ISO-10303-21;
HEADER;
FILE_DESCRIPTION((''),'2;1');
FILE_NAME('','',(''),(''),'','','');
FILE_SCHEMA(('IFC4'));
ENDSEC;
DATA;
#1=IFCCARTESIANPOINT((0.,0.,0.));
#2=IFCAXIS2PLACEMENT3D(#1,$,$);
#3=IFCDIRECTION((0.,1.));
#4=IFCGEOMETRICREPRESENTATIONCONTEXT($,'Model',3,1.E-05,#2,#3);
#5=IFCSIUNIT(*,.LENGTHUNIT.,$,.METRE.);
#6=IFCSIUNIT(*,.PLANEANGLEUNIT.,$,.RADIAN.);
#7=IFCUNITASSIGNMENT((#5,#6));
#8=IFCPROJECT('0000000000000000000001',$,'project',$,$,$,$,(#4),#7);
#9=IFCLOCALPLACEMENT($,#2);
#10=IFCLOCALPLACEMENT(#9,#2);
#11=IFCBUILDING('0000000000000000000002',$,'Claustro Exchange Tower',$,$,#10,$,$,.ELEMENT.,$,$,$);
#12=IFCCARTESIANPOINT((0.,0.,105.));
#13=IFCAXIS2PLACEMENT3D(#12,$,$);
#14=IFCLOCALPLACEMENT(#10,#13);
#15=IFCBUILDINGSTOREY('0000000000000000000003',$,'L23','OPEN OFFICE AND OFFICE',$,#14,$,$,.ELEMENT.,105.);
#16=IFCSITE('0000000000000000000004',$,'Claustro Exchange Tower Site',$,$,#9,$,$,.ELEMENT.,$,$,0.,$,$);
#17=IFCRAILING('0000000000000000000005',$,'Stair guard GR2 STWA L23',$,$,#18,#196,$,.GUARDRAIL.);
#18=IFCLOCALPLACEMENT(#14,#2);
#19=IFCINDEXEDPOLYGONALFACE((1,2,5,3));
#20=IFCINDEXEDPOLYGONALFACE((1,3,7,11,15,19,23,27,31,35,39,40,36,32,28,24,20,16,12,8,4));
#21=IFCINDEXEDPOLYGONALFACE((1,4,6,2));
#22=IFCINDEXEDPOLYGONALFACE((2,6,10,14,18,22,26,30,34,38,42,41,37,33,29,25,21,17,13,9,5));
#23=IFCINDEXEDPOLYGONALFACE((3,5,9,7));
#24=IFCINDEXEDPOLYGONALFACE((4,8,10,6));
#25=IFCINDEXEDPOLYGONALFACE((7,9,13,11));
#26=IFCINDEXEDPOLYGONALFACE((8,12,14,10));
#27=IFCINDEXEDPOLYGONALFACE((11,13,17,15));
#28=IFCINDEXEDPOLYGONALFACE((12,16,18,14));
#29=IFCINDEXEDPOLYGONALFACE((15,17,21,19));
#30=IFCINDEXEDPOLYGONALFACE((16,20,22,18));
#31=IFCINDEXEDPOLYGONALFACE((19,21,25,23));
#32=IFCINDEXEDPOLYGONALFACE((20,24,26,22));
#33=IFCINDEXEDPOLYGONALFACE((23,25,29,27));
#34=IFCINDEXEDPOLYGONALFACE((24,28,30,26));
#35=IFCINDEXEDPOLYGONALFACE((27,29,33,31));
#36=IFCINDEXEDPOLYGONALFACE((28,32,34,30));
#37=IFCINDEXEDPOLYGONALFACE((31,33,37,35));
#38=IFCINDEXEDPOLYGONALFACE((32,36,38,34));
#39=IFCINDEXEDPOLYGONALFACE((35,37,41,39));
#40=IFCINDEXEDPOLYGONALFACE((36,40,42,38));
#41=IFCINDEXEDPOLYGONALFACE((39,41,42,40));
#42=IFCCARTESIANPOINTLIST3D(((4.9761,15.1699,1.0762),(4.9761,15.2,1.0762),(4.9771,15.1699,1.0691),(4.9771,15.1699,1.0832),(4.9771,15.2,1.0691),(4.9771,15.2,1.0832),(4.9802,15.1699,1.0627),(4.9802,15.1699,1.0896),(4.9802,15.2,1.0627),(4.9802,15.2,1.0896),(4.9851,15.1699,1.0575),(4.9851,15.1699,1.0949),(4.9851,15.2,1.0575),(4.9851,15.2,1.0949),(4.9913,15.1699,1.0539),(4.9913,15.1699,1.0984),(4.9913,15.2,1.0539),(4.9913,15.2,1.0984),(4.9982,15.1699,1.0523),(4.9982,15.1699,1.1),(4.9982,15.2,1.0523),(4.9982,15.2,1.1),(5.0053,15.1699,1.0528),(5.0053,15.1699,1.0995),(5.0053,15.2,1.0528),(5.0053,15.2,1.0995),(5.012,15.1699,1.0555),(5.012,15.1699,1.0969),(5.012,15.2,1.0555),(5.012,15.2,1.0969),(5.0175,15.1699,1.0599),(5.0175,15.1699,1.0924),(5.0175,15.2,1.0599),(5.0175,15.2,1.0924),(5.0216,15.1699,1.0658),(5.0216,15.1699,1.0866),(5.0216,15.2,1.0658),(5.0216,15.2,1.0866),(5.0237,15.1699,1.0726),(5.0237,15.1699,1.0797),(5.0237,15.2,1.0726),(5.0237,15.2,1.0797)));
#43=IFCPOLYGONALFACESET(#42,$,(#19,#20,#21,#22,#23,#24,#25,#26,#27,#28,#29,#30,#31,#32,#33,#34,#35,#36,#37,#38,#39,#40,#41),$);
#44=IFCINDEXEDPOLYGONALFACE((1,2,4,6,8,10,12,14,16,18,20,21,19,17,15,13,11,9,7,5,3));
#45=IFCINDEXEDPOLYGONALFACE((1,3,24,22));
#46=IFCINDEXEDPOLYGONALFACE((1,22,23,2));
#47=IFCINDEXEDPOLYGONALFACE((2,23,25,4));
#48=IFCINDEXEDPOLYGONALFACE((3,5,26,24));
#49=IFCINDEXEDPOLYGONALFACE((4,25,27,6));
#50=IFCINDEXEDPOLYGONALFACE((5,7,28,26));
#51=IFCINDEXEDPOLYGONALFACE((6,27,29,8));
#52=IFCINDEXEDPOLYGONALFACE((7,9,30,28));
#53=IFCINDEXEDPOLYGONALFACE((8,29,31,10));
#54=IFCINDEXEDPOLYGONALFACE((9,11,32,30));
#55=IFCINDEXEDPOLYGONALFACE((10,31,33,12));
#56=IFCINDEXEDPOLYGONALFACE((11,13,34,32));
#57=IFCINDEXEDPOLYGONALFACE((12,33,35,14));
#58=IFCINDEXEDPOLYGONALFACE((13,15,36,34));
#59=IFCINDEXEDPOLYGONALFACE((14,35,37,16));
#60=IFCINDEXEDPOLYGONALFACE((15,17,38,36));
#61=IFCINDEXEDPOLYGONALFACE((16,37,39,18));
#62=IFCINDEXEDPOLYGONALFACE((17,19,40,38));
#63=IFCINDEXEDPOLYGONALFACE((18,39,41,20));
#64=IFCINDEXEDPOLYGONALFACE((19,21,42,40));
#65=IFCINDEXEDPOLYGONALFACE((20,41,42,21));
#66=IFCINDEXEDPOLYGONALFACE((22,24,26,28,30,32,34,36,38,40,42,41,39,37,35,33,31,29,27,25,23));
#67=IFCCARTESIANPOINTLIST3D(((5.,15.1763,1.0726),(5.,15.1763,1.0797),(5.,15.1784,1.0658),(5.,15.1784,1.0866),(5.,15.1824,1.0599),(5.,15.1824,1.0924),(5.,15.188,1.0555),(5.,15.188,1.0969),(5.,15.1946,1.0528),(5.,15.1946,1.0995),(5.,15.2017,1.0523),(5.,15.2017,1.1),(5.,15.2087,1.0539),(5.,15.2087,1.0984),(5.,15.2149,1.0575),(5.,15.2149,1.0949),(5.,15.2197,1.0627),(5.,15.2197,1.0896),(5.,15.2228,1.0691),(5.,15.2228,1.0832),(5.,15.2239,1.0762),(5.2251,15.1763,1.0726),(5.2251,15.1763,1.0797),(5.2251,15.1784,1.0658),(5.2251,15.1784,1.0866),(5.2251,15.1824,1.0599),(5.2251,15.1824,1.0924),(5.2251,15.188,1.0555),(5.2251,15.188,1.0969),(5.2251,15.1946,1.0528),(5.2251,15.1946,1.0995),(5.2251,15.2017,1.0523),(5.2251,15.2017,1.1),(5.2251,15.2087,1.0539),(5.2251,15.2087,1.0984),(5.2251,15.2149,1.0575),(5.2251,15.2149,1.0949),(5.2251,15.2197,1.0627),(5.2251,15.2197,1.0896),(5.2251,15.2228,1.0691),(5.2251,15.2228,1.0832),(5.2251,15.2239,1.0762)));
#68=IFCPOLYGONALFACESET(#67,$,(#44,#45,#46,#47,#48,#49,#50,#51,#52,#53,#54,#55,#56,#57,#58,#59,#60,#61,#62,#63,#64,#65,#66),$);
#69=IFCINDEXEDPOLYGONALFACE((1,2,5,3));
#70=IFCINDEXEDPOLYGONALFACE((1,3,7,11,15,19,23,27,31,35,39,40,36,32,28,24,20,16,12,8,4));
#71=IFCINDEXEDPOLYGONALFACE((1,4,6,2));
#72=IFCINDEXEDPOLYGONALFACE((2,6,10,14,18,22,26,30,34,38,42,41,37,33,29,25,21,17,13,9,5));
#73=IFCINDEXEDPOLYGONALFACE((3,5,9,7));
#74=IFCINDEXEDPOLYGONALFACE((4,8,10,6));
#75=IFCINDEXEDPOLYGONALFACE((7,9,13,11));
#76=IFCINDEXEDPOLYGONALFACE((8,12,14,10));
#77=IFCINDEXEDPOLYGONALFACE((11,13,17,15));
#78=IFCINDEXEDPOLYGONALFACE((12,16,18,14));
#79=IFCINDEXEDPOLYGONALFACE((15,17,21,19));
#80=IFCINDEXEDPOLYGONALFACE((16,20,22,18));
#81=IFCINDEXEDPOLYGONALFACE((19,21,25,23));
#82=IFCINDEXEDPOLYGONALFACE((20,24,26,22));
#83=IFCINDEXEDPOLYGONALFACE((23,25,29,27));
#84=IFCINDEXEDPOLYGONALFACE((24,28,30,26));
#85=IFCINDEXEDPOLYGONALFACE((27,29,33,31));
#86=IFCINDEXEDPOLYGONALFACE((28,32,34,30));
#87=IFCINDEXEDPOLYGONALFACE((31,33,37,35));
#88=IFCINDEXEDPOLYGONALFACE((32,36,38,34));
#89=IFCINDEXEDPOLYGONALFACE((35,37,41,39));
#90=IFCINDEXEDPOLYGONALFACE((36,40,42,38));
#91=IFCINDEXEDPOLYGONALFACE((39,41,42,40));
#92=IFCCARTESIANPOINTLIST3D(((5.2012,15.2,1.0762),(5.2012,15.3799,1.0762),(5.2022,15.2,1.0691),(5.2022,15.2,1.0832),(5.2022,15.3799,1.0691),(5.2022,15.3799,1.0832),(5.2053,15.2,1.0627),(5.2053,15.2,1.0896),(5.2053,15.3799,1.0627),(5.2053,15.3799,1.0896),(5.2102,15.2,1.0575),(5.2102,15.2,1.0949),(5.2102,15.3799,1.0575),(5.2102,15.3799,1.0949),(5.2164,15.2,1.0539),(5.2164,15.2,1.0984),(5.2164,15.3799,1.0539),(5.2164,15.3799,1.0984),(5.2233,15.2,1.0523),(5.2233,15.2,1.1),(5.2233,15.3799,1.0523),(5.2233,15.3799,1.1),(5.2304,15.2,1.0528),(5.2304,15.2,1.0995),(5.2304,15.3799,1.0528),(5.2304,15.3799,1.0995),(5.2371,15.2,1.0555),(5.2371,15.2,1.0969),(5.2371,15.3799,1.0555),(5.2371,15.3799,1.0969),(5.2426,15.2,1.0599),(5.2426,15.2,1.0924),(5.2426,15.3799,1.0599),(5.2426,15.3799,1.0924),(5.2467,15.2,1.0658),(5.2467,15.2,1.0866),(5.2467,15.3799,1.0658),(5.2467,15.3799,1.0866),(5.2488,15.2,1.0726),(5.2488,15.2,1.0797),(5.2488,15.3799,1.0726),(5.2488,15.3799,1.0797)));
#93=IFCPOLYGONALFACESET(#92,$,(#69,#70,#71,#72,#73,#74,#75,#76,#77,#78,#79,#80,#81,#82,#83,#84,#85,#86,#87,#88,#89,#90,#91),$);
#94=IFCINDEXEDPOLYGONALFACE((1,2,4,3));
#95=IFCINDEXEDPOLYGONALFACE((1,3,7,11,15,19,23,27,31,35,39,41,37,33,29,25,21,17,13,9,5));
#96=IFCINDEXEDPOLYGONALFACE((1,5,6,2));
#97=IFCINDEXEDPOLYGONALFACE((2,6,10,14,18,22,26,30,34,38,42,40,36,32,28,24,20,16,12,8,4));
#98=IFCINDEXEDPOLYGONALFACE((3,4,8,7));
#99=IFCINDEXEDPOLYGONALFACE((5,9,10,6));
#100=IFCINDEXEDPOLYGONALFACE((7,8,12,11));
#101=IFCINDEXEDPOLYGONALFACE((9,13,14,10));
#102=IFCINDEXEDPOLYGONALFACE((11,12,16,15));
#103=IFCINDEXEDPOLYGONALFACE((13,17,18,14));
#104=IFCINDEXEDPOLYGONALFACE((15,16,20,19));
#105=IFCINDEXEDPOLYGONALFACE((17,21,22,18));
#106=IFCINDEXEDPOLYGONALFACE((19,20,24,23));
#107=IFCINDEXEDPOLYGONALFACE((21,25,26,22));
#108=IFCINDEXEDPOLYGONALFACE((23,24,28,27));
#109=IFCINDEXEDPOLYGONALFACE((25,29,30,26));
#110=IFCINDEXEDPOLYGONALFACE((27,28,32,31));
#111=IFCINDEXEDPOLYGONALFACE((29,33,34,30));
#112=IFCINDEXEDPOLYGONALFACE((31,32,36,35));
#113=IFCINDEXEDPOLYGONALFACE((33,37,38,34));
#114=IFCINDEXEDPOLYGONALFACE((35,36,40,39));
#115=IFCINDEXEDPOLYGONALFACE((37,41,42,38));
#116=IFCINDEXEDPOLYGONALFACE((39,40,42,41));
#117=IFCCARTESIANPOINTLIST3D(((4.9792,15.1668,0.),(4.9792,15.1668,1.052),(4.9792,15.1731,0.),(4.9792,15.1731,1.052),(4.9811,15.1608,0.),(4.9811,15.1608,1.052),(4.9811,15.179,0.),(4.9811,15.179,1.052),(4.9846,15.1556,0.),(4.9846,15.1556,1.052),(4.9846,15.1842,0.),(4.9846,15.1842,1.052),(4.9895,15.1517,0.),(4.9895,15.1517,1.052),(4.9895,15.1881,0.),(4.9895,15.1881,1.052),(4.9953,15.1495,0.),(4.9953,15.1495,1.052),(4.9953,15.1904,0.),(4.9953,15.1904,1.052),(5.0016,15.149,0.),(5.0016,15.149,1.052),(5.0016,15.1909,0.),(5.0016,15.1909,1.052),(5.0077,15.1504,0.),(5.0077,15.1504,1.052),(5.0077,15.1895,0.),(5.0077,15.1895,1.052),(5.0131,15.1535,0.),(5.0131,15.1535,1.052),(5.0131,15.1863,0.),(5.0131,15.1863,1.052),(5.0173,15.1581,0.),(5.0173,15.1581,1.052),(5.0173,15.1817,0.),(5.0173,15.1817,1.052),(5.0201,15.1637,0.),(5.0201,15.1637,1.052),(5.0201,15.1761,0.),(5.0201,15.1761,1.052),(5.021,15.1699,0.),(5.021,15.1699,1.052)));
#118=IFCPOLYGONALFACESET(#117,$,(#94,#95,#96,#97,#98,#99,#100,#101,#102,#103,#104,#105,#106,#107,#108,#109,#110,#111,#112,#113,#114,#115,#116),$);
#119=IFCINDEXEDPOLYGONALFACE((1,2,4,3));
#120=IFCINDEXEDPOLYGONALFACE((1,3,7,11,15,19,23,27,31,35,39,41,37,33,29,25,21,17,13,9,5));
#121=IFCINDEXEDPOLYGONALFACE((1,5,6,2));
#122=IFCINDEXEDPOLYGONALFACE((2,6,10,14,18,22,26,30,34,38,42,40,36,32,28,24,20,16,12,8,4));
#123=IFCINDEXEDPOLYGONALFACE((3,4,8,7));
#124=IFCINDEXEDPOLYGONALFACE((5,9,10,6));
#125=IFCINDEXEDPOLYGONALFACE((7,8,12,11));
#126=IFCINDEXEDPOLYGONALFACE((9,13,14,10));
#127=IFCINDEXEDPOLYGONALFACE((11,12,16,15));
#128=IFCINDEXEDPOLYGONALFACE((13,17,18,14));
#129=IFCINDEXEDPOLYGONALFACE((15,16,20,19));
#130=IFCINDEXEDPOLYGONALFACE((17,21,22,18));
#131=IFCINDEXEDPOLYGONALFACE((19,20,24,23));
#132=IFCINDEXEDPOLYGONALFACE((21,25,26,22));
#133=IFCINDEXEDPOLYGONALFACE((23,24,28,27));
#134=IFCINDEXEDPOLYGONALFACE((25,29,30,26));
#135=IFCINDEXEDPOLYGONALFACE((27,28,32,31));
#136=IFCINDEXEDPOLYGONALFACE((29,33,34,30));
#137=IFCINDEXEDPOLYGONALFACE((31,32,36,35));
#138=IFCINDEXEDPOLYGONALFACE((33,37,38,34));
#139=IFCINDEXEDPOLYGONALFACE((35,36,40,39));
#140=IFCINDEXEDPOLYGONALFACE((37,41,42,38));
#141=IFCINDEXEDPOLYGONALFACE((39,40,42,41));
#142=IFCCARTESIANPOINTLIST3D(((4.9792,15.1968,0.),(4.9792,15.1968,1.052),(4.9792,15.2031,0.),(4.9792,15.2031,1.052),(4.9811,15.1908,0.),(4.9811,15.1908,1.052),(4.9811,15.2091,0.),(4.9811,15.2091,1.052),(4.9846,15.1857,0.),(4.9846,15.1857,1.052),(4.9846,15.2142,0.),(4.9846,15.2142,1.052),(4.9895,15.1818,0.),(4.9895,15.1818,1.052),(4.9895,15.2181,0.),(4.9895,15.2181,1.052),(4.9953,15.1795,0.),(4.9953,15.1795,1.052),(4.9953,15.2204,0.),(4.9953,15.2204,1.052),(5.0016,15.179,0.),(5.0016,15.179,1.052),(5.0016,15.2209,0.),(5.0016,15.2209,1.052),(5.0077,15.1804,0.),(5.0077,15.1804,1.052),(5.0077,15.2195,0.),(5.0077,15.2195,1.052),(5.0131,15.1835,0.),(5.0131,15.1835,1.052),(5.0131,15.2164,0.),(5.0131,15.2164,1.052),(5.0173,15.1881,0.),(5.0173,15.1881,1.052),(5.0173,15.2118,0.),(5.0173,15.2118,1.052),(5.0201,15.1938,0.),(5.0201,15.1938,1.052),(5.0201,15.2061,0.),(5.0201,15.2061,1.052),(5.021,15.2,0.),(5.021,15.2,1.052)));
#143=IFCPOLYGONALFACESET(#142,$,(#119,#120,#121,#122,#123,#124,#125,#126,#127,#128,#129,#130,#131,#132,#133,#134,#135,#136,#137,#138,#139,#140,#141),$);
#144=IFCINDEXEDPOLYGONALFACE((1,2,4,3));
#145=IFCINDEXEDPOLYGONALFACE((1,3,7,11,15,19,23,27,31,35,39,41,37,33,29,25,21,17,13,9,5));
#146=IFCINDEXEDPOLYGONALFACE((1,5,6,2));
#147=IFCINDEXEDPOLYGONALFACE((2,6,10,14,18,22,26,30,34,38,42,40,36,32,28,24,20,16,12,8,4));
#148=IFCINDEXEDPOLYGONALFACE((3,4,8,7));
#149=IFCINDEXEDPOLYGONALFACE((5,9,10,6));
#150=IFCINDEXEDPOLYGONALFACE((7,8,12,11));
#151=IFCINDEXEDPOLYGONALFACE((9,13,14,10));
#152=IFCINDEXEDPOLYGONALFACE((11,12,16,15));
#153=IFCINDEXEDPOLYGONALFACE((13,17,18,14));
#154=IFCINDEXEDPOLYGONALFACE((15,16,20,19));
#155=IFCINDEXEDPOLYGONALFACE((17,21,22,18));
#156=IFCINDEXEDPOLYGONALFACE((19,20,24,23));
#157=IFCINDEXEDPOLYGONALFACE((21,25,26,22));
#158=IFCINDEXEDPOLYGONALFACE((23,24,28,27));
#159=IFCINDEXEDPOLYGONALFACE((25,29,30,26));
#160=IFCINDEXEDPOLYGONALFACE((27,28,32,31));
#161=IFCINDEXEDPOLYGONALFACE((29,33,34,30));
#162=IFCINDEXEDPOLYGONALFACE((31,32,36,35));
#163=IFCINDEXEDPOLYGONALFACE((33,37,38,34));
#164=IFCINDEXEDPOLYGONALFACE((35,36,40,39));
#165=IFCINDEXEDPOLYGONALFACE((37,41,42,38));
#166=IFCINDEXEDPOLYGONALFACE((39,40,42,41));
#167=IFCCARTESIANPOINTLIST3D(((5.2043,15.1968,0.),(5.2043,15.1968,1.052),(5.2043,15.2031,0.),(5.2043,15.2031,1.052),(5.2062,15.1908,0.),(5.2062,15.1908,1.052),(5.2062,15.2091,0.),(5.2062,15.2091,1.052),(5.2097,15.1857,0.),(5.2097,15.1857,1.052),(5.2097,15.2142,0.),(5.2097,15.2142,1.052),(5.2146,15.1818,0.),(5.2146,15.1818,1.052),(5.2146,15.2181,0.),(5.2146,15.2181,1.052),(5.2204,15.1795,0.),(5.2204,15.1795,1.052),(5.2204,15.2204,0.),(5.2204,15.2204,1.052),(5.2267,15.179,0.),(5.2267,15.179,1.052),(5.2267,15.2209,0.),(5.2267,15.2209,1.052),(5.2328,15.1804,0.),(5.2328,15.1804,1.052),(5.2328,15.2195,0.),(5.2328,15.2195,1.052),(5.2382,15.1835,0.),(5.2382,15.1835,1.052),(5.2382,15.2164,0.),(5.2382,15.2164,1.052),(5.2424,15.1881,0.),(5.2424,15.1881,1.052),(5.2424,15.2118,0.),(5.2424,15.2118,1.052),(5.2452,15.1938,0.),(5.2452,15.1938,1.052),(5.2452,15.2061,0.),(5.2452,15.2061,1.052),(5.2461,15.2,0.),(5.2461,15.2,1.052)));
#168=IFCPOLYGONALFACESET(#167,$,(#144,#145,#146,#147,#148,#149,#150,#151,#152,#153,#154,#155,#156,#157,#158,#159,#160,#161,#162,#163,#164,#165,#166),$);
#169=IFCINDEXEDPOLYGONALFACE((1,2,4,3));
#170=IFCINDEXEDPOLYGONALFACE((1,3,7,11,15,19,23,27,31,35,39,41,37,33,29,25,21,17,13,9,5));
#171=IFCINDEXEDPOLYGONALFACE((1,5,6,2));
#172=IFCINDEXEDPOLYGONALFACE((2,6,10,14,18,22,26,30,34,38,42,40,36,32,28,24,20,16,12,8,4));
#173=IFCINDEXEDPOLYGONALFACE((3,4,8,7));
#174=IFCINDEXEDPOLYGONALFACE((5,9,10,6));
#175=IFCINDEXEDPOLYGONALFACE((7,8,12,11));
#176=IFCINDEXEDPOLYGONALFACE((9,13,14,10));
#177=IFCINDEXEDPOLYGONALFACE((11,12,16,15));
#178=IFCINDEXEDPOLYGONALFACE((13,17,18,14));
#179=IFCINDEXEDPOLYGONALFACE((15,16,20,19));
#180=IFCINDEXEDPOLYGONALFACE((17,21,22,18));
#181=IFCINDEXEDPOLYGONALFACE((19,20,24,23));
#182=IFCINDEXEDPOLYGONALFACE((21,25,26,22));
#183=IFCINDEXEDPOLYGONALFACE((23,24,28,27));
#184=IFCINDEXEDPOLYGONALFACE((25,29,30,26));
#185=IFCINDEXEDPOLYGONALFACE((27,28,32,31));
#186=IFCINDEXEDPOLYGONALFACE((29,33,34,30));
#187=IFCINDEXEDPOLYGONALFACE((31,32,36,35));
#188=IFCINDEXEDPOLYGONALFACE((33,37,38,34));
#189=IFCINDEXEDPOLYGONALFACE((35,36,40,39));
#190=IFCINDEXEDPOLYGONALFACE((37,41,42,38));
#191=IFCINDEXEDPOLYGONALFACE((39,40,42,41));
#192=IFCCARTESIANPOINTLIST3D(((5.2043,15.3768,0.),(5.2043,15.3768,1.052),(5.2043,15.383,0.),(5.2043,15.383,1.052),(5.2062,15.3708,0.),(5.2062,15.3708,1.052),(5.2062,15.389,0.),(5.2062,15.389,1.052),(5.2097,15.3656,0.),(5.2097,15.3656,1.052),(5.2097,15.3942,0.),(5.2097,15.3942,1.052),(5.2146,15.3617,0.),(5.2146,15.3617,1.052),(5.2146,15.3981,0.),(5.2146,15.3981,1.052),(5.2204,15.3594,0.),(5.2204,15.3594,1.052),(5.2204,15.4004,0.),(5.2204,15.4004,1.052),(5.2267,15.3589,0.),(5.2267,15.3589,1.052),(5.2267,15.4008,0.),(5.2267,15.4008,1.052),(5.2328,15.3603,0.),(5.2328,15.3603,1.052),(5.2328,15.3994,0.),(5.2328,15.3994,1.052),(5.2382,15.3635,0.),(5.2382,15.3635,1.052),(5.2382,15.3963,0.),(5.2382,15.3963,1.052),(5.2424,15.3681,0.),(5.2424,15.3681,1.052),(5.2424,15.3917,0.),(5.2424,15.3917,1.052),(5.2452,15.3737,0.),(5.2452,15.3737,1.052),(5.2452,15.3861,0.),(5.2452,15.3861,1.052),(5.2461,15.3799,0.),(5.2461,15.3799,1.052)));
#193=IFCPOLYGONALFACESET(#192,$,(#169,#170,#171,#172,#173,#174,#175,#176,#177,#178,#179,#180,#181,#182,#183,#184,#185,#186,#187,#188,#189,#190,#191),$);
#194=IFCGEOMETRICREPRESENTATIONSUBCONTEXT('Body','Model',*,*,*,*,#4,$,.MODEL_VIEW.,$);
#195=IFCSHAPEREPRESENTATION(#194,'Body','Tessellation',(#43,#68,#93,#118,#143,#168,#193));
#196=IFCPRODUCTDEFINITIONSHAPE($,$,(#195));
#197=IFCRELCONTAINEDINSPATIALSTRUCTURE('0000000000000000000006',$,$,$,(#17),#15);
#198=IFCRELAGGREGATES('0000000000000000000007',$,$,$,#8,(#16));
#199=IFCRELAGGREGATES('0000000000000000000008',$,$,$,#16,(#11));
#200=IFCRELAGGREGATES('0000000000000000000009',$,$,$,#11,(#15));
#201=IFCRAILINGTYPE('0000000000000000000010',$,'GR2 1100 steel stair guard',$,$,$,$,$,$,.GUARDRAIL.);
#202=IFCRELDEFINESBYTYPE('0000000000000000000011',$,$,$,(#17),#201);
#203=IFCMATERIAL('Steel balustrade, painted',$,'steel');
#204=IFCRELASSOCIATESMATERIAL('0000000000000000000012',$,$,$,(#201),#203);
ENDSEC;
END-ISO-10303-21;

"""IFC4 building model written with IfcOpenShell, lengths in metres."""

from ifc_helpers import new_model, si_unit, direction, frame, origin, origin_2d, place, context, subcontext, project, spatial, circle, extrude, material, type_object, element, save


model = new_model("IFC4")

# Units and contexts
model_context = context("Model", 3, precision=1e-05, world=origin(), true_north=direction((0.0, 1.0)))
body_context = subcontext(model_context, "Body", "Model", "MODEL_VIEW")
ifc_project = project(units=[si_unit("LENGTHUNIT", "METRE"), si_unit("PLANEANGLEUNIT", "RADIAN")], contexts=[model_context])

# Site, building, storey
site_placement = place(None, origin())
site = spatial("IfcSite", under=ifc_project, at=site_placement, Name="Claustro Exchange Tower Site", CompositionType="ELEMENT", RefElevation=0.0)
building_placement = place(site_placement, origin())
building = spatial("IfcBuilding", under=site, at=building_placement, Name="Claustro Exchange Tower", CompositionType="ELEMENT")
storey_placement = place(building_placement, frame((0.0, 0.0, 105.0)))
storey = spatial("IfcBuildingStorey", under=building, at=storey_placement, Name="L23", Description="OPEN OFFICE AND OFFICE", CompositionType="ELEMENT", Elevation=105.0)

# Railing
ifc_material_1 = material(Name="Steel balustrade, painted", Category="steel")
railing_type_1 = type_object("IfcRailingType", Name="GR2 1100 steel stair guard", PredefinedType="GUARDRAIL", material=ifc_material_1)
railing_1_placement = place(storey_placement, frame((5.0, 15.1699, 0.0)))
element("IfcRailing", 1, at=railing_1_placement, inside=storey, type_object=railing_type_1, Name="Stair guard GR2 STWA L23", PredefinedType="GUARDRAIL", context=body_context, shape_type="SweptSolid", body=[
    extrude(circle(Radius=0.0239, at=origin_2d()), frame((0.0, 0.0, 1.0762), z_axis=(0.0, 1.0, 0.0), x_axis=(-1.0, 0.0, 0.0)), (0.0, 0.0, 1.0), 0.03),
    extrude(circle(Radius=0.0239, at=origin_2d()), frame((0.0, 0.03, 1.0762), z_axis=(1.0, 0.0, 0.0), x_axis=(0.0, 1.0, 0.0)), (0.0, 0.0, 1.0), 0.2251),
    extrude(circle(Radius=0.0239, at=origin_2d()), frame((0.2251, 0.03, 1.0762), z_axis=(0.0, 1.0, 0.0), x_axis=(-1.0, 0.0, 0.0)), (0.0, 0.0, 1.0), 0.1799),
    extrude(circle(Radius=0.021, at=origin_2d()), origin(), (0.0, 0.0, 1.0), 1.052),
    extrude(circle(Radius=0.021, at=origin_2d()), frame((0.0, 0.03, 0.0)), (0.0, 0.0, 1.0), 1.052),
    extrude(circle(Radius=0.021, at=origin_2d()), frame((0.2251, 0.03, 0.0)), (0.0, 0.0, 1.0), 1.052),
    extrude(circle(Radius=0.021, at=origin_2d()), frame((0.2251, 0.21, 0.0)), (0.0, 0.0, 1.0), 1.052),
])

save(model, "model.ifc")
